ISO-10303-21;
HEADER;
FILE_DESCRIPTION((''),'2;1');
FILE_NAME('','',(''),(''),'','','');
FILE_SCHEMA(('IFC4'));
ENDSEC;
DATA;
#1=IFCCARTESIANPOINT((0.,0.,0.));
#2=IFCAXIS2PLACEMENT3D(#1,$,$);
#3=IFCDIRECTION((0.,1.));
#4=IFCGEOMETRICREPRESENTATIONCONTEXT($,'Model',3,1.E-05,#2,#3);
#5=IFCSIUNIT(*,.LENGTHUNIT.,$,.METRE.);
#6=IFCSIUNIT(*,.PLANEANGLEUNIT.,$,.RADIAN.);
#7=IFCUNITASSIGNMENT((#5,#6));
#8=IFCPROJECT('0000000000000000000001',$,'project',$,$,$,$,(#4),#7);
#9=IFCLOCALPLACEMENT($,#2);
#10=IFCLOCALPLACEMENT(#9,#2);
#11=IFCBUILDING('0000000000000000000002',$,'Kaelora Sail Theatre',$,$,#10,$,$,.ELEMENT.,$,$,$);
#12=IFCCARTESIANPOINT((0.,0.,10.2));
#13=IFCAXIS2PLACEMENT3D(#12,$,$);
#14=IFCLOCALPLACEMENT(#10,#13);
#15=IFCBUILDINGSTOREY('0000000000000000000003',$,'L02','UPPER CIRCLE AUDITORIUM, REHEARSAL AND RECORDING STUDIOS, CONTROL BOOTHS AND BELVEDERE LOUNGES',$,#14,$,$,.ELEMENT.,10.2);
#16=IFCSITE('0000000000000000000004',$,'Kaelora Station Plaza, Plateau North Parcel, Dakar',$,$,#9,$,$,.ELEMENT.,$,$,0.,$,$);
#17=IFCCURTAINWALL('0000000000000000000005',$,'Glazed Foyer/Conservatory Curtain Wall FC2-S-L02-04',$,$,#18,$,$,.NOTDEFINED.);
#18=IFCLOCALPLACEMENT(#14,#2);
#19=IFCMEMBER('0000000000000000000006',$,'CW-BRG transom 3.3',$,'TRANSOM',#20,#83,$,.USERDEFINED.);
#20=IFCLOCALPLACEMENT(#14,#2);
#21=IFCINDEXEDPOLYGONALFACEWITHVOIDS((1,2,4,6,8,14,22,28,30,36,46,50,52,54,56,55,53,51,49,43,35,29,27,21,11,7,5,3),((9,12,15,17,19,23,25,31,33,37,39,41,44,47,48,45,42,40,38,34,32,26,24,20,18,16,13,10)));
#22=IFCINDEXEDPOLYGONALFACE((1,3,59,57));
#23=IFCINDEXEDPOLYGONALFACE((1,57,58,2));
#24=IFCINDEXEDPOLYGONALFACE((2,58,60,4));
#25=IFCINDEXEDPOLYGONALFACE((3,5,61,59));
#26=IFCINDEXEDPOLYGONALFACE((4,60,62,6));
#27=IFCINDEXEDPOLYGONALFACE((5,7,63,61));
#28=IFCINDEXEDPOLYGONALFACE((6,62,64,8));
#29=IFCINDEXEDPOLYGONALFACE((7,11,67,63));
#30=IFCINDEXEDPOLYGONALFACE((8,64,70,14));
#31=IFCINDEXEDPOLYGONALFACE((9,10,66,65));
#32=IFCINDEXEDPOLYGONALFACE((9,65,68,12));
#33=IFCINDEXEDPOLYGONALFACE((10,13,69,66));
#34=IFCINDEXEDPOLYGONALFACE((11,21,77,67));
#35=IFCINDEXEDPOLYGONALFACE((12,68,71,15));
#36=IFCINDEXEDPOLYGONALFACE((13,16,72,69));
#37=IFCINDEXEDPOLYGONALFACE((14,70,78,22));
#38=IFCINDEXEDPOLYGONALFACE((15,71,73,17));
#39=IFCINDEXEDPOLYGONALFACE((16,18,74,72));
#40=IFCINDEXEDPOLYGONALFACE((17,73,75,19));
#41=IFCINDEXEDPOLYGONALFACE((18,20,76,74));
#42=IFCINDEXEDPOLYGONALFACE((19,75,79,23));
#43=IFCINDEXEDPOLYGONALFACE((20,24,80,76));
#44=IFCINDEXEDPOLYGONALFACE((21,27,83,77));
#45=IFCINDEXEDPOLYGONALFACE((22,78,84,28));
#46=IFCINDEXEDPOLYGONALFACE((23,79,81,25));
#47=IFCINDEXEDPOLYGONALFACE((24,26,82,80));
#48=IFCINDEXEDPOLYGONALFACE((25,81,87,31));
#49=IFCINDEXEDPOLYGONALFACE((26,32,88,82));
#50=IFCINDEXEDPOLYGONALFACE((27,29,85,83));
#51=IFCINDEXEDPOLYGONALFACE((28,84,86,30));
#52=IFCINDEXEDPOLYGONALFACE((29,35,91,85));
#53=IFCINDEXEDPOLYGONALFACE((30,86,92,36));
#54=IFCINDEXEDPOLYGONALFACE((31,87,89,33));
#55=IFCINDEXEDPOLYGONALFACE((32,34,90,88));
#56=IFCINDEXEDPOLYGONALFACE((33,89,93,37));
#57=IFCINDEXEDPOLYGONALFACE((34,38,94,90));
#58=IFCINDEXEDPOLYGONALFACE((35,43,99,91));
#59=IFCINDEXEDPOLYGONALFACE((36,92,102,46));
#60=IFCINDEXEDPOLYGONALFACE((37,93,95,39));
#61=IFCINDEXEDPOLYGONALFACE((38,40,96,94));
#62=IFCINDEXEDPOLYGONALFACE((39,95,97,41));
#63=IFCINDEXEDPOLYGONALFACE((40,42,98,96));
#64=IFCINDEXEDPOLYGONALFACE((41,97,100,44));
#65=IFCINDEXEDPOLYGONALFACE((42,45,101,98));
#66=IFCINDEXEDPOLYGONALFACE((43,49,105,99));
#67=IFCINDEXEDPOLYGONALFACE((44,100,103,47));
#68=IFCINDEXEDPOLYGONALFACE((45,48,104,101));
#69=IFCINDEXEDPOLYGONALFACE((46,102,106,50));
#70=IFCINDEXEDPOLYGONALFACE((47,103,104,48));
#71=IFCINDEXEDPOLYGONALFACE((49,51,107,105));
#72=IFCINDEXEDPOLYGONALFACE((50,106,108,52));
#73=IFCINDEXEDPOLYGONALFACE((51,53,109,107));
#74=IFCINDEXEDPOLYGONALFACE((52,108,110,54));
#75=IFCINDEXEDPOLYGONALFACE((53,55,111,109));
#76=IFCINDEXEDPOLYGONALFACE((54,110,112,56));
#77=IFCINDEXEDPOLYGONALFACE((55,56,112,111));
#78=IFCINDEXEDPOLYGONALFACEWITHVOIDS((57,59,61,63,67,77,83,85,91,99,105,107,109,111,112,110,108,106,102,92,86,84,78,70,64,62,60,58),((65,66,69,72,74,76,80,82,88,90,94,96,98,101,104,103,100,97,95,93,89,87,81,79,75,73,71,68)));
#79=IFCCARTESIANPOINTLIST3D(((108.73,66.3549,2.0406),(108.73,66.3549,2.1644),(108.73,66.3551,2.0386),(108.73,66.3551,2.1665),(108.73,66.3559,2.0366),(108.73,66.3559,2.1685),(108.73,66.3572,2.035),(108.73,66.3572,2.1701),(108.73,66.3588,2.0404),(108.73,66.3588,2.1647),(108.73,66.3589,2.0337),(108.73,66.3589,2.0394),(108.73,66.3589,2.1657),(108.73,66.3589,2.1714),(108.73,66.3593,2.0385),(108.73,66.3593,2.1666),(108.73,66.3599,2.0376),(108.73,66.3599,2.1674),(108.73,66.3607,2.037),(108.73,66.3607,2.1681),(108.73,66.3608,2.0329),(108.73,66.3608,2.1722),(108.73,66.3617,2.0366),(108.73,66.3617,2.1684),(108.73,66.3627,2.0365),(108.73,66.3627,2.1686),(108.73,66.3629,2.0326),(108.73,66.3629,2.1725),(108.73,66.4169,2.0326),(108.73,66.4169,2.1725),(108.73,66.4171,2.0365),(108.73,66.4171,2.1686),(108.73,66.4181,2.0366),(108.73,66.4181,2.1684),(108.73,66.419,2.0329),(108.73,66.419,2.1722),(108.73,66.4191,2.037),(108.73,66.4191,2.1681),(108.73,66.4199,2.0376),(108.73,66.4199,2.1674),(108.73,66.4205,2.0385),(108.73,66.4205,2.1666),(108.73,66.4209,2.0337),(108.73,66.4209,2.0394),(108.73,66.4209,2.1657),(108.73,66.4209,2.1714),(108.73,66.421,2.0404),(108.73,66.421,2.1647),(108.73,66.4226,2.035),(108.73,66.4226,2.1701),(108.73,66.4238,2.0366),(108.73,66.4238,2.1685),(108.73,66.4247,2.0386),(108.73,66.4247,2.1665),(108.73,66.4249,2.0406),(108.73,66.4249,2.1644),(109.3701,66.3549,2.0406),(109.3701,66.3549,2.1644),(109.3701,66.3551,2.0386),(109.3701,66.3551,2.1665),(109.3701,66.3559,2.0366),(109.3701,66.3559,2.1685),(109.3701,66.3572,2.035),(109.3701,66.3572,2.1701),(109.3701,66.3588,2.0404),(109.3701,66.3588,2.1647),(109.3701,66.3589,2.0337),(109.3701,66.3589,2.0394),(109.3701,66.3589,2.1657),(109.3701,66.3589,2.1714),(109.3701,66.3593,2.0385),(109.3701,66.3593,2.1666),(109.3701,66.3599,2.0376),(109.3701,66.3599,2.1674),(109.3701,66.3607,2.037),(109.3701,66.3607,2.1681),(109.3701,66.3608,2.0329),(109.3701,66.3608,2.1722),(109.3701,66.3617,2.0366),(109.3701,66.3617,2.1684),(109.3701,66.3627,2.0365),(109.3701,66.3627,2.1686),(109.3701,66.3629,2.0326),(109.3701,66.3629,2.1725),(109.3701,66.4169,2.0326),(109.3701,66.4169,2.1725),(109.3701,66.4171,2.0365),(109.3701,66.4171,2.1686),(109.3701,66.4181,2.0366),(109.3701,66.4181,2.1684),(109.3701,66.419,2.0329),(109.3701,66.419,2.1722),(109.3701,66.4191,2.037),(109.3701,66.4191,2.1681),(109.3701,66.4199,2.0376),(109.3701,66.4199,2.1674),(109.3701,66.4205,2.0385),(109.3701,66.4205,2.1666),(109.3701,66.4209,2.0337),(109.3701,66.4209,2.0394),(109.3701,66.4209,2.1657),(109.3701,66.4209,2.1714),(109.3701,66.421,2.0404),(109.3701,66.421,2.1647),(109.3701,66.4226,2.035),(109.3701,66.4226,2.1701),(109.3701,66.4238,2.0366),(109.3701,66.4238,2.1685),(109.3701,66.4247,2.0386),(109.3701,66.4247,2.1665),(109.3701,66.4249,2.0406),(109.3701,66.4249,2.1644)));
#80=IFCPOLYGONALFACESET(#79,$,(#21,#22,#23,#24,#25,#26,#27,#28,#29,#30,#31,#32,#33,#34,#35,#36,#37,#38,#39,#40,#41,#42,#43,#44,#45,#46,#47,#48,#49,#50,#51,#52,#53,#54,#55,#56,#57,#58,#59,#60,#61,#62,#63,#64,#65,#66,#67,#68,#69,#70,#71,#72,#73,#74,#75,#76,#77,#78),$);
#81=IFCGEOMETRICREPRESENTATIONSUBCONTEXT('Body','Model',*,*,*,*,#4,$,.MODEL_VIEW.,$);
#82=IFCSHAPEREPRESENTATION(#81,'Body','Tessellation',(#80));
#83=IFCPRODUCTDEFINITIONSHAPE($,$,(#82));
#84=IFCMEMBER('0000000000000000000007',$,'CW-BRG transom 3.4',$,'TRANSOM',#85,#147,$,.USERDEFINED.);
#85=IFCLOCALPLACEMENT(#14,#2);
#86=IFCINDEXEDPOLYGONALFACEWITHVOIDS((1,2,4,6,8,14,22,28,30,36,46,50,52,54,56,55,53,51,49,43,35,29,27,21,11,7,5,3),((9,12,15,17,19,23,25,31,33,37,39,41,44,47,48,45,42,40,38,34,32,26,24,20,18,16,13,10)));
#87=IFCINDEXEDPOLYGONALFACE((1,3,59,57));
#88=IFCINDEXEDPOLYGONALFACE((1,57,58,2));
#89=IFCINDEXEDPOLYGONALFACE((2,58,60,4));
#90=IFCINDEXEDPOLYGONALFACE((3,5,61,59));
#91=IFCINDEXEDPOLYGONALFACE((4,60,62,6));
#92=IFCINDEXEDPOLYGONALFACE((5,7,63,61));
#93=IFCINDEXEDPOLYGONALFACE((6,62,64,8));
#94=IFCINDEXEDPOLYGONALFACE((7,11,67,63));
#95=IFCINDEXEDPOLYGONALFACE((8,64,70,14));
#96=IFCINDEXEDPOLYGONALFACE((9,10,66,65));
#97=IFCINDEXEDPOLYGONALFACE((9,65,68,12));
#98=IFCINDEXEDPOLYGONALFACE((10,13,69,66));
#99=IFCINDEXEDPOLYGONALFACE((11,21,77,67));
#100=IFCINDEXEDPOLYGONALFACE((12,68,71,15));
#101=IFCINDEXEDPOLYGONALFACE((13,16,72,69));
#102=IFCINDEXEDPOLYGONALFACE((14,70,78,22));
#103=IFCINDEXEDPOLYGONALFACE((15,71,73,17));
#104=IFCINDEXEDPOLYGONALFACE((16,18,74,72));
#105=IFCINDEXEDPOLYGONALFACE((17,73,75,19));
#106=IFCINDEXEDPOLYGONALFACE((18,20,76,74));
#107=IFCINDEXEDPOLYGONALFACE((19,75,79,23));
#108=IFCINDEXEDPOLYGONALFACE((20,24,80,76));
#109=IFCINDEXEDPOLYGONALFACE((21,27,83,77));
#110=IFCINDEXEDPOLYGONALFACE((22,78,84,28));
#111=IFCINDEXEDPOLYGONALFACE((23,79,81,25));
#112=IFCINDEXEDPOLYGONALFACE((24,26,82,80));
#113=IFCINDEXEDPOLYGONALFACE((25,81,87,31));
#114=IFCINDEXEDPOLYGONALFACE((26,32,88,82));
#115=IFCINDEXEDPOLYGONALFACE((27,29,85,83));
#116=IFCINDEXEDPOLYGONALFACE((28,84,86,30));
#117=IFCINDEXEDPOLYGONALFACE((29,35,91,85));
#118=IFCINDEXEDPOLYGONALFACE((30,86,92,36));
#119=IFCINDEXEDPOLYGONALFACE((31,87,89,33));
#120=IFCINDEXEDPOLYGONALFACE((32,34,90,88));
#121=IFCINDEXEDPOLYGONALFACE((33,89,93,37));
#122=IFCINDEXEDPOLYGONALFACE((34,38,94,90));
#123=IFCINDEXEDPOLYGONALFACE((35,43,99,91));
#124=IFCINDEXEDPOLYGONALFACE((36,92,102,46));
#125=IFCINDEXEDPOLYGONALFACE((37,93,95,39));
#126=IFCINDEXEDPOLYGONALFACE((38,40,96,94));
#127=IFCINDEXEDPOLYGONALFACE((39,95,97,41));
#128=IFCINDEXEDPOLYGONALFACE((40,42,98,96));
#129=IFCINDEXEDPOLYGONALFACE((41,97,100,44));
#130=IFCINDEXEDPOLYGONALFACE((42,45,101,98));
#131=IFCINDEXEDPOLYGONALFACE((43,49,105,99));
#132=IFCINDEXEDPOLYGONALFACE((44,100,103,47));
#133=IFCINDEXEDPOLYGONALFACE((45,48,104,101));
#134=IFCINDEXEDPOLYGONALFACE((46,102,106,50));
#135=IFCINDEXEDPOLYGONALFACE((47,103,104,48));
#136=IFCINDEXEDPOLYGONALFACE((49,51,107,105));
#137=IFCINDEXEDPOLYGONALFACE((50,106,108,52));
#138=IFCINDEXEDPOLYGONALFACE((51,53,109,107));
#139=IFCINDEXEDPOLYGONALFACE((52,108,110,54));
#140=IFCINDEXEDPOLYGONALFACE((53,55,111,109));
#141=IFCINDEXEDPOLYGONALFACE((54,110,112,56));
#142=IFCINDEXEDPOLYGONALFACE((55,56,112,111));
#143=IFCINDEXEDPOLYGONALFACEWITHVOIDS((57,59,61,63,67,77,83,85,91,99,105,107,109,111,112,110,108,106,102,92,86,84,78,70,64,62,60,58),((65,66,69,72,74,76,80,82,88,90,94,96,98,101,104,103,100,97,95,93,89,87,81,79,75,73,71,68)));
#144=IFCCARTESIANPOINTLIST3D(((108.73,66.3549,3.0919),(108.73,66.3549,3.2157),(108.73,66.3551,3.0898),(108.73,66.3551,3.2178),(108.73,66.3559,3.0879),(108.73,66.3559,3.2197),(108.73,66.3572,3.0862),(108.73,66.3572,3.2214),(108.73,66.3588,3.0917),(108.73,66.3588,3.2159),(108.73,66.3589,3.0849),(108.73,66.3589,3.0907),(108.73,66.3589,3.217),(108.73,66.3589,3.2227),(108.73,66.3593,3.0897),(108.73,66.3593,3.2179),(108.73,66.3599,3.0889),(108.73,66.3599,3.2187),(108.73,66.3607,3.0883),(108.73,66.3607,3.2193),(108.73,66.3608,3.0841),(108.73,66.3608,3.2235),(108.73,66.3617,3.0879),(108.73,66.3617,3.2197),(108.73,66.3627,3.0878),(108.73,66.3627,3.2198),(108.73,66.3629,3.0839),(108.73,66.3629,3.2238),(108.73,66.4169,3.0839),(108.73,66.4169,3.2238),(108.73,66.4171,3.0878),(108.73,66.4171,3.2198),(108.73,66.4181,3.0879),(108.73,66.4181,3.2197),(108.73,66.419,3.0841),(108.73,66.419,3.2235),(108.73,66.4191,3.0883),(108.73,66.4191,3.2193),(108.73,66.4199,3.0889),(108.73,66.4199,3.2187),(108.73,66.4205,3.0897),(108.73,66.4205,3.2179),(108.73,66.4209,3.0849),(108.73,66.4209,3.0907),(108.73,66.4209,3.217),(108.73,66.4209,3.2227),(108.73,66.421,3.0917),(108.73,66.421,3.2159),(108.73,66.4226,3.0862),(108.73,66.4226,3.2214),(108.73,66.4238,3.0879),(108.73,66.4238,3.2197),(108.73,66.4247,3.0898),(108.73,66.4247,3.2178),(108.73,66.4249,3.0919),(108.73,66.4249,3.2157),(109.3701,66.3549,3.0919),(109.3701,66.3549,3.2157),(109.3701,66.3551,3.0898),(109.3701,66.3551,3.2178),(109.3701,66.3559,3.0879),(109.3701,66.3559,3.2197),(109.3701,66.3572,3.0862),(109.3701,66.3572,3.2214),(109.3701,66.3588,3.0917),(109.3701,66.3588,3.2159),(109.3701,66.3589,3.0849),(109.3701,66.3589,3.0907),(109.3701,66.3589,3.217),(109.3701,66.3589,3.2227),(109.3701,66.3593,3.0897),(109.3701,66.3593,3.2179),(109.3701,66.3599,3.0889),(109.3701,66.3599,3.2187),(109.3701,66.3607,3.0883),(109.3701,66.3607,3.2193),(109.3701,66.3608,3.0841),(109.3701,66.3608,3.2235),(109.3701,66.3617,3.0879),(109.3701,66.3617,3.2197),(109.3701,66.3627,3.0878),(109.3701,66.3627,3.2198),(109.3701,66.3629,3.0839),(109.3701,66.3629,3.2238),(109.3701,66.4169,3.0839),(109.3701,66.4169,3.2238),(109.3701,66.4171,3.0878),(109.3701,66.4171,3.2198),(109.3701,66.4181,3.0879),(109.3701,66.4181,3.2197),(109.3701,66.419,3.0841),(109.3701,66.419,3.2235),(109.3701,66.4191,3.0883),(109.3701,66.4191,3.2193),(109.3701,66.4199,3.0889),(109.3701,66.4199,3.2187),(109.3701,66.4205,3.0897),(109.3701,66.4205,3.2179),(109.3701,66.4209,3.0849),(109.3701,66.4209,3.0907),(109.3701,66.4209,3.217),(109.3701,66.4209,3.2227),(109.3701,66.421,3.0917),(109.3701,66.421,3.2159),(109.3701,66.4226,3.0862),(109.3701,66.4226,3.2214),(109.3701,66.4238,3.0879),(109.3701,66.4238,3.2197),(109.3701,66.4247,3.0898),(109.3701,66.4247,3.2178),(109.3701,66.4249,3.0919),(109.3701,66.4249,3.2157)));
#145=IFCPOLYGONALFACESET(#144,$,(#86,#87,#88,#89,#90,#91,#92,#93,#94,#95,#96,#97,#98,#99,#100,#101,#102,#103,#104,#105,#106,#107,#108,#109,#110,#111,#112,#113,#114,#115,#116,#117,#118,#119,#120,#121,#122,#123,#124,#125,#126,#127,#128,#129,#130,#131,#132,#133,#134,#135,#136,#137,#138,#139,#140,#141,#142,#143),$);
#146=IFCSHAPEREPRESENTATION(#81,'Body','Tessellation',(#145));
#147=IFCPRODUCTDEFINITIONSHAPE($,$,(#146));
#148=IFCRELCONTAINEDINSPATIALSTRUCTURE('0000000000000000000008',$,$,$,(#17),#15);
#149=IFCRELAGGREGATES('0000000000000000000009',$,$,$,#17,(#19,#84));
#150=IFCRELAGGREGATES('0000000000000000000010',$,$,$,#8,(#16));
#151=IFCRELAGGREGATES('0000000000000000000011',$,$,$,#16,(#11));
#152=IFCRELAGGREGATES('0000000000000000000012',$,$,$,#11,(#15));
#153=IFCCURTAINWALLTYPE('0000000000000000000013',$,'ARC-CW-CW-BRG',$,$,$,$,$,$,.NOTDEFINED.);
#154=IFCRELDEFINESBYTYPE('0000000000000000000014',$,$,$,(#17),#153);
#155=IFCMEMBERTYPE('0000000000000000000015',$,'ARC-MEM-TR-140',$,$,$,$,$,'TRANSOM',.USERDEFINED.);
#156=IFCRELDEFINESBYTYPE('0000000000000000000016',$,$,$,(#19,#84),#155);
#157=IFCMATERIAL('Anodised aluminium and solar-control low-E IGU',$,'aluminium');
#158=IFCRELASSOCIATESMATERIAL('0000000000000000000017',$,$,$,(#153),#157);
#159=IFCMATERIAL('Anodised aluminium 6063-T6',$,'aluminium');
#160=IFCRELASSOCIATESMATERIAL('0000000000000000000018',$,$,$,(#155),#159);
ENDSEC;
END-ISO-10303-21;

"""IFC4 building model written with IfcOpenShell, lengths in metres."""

from ifc_helpers import new_model, si_unit, direction, frame, origin, origin_2d, place, context, subcontext, project, spatial, hollow_rectangle, extrude, material, material_profile, profile_set, type_object, element, aggregate, save


model = new_model("IFC4")

# Units and contexts
model_context = context("Model", 3, precision=1e-05, world=origin(), true_north=direction((0.0, 1.0)))
body_context = subcontext(model_context, "Body", "Model", "MODEL_VIEW")
ifc_project = project(units=[si_unit("LENGTHUNIT", "METRE"), si_unit("PLANEANGLEUNIT", "RADIAN")], contexts=[model_context])

# Site, building, storey
site_placement = place(None, origin())
site = spatial("IfcSite", under=ifc_project, at=site_placement, Name="Kaelora Station Plaza, Plateau North Parcel, Dakar", CompositionType="ELEMENT", RefElevation=0.0)
building_placement = place(site_placement, origin())
building = spatial("IfcBuilding", under=site, at=building_placement, Name="Kaelora Sail Theatre", CompositionType="ELEMENT")
storey_placement = place(building_placement, frame((0.0, 0.0, 10.2)))
storey = spatial("IfcBuildingStorey", under=building, at=storey_placement, Name="L02", Description="UPPER CIRCLE AUDITORIUM, REHEARSAL AND RECORDING STUDIOS, CONTROL BOOTHS AND BELVEDERE LOUNGES", CompositionType="ELEMENT", Elevation=10.2)

# Shared definitions
ifc_material_1 = material(Name="Anodised aluminium and solar-control low-E IGU", Category="aluminium")
curtain_wall_type = type_object("IfcCurtainWallType", Name="ARC-CW-CW-BRG", PredefinedType="NOTDEFINED", material=ifc_material_1)

# Curtain wall, members
curtain_wall_1_placement = place(storey_placement, origin())
curtain_wall_1 = element("IfcCurtainWall", 1, at=curtain_wall_1_placement, inside=storey, type_object=curtain_wall_type, Name="Glazed Foyer/Conservatory Curtain Wall FC2-S-L02-04", PredefinedType="NOTDEFINED")
ifc_material_2 = material(Name="Anodised aluminium 6063-T6", Category="aluminium")
ifc_material_profile_1 = material_profile(ifc_material_2, hollow_rectangle(XDim=0.0701, YDim=0.1399, WallThickness=0.0039, InnerFilletRadius=0.0039, OuterFilletRadius=0.0081, at=origin_2d()), Name="ALU-TRAN 70x140x4")
ifc_profile_set_1 = profile_set([ifc_material_profile_1], Name="Anodised aluminium 6063-T6")
member_type_1 = type_object("IfcMemberType", Name="ARC-MEM-TR-140", ElementType="TRANSOM", PredefinedType="USERDEFINED", material=ifc_profile_set_1)
member_1_placement = place(storey_placement, frame((108.73, 66.3899, 2.1025), z_axis=(1.0, 0.0, 0.0), x_axis=(0.0, 1.0, 0.0)))
member_1 = element("IfcMember", 2, at=member_1_placement, type_object=member_type_1, Name="CW-BRG transom 3.3", ObjectType="TRANSOM", PredefinedType="USERDEFINED", context=body_context, shape_type="SweptSolid", body=[
    extrude(hollow_rectangle(XDim=0.0701, YDim=0.1399, WallThickness=0.0039, InnerFilletRadius=0.0039, OuterFilletRadius=0.0081, at=origin_2d()), origin(), (0.0, 0.0, 1.0), 0.6401),
])
member_2_placement = place(storey_placement, frame((108.73, 66.3899, 3.1538), z_axis=(1.0, 0.0, 0.0), x_axis=(0.0, 1.0, 0.0)))
member_2 = element("IfcMember", 3, at=member_2_placement, type_object=member_type_1, Name="CW-BRG transom 3.4", ObjectType="TRANSOM", PredefinedType="USERDEFINED", context=body_context, shape_type="SweptSolid", body=[
    extrude(hollow_rectangle(XDim=0.0701, YDim=0.1399, WallThickness=0.0039, InnerFilletRadius=0.0039, OuterFilletRadius=0.0081, at=origin_2d()), origin(), (0.0, 0.0, 1.0), 0.6401),
])

aggregate(curtain_wall_1, [member_1, member_2])

save(model, "model.ifc")
